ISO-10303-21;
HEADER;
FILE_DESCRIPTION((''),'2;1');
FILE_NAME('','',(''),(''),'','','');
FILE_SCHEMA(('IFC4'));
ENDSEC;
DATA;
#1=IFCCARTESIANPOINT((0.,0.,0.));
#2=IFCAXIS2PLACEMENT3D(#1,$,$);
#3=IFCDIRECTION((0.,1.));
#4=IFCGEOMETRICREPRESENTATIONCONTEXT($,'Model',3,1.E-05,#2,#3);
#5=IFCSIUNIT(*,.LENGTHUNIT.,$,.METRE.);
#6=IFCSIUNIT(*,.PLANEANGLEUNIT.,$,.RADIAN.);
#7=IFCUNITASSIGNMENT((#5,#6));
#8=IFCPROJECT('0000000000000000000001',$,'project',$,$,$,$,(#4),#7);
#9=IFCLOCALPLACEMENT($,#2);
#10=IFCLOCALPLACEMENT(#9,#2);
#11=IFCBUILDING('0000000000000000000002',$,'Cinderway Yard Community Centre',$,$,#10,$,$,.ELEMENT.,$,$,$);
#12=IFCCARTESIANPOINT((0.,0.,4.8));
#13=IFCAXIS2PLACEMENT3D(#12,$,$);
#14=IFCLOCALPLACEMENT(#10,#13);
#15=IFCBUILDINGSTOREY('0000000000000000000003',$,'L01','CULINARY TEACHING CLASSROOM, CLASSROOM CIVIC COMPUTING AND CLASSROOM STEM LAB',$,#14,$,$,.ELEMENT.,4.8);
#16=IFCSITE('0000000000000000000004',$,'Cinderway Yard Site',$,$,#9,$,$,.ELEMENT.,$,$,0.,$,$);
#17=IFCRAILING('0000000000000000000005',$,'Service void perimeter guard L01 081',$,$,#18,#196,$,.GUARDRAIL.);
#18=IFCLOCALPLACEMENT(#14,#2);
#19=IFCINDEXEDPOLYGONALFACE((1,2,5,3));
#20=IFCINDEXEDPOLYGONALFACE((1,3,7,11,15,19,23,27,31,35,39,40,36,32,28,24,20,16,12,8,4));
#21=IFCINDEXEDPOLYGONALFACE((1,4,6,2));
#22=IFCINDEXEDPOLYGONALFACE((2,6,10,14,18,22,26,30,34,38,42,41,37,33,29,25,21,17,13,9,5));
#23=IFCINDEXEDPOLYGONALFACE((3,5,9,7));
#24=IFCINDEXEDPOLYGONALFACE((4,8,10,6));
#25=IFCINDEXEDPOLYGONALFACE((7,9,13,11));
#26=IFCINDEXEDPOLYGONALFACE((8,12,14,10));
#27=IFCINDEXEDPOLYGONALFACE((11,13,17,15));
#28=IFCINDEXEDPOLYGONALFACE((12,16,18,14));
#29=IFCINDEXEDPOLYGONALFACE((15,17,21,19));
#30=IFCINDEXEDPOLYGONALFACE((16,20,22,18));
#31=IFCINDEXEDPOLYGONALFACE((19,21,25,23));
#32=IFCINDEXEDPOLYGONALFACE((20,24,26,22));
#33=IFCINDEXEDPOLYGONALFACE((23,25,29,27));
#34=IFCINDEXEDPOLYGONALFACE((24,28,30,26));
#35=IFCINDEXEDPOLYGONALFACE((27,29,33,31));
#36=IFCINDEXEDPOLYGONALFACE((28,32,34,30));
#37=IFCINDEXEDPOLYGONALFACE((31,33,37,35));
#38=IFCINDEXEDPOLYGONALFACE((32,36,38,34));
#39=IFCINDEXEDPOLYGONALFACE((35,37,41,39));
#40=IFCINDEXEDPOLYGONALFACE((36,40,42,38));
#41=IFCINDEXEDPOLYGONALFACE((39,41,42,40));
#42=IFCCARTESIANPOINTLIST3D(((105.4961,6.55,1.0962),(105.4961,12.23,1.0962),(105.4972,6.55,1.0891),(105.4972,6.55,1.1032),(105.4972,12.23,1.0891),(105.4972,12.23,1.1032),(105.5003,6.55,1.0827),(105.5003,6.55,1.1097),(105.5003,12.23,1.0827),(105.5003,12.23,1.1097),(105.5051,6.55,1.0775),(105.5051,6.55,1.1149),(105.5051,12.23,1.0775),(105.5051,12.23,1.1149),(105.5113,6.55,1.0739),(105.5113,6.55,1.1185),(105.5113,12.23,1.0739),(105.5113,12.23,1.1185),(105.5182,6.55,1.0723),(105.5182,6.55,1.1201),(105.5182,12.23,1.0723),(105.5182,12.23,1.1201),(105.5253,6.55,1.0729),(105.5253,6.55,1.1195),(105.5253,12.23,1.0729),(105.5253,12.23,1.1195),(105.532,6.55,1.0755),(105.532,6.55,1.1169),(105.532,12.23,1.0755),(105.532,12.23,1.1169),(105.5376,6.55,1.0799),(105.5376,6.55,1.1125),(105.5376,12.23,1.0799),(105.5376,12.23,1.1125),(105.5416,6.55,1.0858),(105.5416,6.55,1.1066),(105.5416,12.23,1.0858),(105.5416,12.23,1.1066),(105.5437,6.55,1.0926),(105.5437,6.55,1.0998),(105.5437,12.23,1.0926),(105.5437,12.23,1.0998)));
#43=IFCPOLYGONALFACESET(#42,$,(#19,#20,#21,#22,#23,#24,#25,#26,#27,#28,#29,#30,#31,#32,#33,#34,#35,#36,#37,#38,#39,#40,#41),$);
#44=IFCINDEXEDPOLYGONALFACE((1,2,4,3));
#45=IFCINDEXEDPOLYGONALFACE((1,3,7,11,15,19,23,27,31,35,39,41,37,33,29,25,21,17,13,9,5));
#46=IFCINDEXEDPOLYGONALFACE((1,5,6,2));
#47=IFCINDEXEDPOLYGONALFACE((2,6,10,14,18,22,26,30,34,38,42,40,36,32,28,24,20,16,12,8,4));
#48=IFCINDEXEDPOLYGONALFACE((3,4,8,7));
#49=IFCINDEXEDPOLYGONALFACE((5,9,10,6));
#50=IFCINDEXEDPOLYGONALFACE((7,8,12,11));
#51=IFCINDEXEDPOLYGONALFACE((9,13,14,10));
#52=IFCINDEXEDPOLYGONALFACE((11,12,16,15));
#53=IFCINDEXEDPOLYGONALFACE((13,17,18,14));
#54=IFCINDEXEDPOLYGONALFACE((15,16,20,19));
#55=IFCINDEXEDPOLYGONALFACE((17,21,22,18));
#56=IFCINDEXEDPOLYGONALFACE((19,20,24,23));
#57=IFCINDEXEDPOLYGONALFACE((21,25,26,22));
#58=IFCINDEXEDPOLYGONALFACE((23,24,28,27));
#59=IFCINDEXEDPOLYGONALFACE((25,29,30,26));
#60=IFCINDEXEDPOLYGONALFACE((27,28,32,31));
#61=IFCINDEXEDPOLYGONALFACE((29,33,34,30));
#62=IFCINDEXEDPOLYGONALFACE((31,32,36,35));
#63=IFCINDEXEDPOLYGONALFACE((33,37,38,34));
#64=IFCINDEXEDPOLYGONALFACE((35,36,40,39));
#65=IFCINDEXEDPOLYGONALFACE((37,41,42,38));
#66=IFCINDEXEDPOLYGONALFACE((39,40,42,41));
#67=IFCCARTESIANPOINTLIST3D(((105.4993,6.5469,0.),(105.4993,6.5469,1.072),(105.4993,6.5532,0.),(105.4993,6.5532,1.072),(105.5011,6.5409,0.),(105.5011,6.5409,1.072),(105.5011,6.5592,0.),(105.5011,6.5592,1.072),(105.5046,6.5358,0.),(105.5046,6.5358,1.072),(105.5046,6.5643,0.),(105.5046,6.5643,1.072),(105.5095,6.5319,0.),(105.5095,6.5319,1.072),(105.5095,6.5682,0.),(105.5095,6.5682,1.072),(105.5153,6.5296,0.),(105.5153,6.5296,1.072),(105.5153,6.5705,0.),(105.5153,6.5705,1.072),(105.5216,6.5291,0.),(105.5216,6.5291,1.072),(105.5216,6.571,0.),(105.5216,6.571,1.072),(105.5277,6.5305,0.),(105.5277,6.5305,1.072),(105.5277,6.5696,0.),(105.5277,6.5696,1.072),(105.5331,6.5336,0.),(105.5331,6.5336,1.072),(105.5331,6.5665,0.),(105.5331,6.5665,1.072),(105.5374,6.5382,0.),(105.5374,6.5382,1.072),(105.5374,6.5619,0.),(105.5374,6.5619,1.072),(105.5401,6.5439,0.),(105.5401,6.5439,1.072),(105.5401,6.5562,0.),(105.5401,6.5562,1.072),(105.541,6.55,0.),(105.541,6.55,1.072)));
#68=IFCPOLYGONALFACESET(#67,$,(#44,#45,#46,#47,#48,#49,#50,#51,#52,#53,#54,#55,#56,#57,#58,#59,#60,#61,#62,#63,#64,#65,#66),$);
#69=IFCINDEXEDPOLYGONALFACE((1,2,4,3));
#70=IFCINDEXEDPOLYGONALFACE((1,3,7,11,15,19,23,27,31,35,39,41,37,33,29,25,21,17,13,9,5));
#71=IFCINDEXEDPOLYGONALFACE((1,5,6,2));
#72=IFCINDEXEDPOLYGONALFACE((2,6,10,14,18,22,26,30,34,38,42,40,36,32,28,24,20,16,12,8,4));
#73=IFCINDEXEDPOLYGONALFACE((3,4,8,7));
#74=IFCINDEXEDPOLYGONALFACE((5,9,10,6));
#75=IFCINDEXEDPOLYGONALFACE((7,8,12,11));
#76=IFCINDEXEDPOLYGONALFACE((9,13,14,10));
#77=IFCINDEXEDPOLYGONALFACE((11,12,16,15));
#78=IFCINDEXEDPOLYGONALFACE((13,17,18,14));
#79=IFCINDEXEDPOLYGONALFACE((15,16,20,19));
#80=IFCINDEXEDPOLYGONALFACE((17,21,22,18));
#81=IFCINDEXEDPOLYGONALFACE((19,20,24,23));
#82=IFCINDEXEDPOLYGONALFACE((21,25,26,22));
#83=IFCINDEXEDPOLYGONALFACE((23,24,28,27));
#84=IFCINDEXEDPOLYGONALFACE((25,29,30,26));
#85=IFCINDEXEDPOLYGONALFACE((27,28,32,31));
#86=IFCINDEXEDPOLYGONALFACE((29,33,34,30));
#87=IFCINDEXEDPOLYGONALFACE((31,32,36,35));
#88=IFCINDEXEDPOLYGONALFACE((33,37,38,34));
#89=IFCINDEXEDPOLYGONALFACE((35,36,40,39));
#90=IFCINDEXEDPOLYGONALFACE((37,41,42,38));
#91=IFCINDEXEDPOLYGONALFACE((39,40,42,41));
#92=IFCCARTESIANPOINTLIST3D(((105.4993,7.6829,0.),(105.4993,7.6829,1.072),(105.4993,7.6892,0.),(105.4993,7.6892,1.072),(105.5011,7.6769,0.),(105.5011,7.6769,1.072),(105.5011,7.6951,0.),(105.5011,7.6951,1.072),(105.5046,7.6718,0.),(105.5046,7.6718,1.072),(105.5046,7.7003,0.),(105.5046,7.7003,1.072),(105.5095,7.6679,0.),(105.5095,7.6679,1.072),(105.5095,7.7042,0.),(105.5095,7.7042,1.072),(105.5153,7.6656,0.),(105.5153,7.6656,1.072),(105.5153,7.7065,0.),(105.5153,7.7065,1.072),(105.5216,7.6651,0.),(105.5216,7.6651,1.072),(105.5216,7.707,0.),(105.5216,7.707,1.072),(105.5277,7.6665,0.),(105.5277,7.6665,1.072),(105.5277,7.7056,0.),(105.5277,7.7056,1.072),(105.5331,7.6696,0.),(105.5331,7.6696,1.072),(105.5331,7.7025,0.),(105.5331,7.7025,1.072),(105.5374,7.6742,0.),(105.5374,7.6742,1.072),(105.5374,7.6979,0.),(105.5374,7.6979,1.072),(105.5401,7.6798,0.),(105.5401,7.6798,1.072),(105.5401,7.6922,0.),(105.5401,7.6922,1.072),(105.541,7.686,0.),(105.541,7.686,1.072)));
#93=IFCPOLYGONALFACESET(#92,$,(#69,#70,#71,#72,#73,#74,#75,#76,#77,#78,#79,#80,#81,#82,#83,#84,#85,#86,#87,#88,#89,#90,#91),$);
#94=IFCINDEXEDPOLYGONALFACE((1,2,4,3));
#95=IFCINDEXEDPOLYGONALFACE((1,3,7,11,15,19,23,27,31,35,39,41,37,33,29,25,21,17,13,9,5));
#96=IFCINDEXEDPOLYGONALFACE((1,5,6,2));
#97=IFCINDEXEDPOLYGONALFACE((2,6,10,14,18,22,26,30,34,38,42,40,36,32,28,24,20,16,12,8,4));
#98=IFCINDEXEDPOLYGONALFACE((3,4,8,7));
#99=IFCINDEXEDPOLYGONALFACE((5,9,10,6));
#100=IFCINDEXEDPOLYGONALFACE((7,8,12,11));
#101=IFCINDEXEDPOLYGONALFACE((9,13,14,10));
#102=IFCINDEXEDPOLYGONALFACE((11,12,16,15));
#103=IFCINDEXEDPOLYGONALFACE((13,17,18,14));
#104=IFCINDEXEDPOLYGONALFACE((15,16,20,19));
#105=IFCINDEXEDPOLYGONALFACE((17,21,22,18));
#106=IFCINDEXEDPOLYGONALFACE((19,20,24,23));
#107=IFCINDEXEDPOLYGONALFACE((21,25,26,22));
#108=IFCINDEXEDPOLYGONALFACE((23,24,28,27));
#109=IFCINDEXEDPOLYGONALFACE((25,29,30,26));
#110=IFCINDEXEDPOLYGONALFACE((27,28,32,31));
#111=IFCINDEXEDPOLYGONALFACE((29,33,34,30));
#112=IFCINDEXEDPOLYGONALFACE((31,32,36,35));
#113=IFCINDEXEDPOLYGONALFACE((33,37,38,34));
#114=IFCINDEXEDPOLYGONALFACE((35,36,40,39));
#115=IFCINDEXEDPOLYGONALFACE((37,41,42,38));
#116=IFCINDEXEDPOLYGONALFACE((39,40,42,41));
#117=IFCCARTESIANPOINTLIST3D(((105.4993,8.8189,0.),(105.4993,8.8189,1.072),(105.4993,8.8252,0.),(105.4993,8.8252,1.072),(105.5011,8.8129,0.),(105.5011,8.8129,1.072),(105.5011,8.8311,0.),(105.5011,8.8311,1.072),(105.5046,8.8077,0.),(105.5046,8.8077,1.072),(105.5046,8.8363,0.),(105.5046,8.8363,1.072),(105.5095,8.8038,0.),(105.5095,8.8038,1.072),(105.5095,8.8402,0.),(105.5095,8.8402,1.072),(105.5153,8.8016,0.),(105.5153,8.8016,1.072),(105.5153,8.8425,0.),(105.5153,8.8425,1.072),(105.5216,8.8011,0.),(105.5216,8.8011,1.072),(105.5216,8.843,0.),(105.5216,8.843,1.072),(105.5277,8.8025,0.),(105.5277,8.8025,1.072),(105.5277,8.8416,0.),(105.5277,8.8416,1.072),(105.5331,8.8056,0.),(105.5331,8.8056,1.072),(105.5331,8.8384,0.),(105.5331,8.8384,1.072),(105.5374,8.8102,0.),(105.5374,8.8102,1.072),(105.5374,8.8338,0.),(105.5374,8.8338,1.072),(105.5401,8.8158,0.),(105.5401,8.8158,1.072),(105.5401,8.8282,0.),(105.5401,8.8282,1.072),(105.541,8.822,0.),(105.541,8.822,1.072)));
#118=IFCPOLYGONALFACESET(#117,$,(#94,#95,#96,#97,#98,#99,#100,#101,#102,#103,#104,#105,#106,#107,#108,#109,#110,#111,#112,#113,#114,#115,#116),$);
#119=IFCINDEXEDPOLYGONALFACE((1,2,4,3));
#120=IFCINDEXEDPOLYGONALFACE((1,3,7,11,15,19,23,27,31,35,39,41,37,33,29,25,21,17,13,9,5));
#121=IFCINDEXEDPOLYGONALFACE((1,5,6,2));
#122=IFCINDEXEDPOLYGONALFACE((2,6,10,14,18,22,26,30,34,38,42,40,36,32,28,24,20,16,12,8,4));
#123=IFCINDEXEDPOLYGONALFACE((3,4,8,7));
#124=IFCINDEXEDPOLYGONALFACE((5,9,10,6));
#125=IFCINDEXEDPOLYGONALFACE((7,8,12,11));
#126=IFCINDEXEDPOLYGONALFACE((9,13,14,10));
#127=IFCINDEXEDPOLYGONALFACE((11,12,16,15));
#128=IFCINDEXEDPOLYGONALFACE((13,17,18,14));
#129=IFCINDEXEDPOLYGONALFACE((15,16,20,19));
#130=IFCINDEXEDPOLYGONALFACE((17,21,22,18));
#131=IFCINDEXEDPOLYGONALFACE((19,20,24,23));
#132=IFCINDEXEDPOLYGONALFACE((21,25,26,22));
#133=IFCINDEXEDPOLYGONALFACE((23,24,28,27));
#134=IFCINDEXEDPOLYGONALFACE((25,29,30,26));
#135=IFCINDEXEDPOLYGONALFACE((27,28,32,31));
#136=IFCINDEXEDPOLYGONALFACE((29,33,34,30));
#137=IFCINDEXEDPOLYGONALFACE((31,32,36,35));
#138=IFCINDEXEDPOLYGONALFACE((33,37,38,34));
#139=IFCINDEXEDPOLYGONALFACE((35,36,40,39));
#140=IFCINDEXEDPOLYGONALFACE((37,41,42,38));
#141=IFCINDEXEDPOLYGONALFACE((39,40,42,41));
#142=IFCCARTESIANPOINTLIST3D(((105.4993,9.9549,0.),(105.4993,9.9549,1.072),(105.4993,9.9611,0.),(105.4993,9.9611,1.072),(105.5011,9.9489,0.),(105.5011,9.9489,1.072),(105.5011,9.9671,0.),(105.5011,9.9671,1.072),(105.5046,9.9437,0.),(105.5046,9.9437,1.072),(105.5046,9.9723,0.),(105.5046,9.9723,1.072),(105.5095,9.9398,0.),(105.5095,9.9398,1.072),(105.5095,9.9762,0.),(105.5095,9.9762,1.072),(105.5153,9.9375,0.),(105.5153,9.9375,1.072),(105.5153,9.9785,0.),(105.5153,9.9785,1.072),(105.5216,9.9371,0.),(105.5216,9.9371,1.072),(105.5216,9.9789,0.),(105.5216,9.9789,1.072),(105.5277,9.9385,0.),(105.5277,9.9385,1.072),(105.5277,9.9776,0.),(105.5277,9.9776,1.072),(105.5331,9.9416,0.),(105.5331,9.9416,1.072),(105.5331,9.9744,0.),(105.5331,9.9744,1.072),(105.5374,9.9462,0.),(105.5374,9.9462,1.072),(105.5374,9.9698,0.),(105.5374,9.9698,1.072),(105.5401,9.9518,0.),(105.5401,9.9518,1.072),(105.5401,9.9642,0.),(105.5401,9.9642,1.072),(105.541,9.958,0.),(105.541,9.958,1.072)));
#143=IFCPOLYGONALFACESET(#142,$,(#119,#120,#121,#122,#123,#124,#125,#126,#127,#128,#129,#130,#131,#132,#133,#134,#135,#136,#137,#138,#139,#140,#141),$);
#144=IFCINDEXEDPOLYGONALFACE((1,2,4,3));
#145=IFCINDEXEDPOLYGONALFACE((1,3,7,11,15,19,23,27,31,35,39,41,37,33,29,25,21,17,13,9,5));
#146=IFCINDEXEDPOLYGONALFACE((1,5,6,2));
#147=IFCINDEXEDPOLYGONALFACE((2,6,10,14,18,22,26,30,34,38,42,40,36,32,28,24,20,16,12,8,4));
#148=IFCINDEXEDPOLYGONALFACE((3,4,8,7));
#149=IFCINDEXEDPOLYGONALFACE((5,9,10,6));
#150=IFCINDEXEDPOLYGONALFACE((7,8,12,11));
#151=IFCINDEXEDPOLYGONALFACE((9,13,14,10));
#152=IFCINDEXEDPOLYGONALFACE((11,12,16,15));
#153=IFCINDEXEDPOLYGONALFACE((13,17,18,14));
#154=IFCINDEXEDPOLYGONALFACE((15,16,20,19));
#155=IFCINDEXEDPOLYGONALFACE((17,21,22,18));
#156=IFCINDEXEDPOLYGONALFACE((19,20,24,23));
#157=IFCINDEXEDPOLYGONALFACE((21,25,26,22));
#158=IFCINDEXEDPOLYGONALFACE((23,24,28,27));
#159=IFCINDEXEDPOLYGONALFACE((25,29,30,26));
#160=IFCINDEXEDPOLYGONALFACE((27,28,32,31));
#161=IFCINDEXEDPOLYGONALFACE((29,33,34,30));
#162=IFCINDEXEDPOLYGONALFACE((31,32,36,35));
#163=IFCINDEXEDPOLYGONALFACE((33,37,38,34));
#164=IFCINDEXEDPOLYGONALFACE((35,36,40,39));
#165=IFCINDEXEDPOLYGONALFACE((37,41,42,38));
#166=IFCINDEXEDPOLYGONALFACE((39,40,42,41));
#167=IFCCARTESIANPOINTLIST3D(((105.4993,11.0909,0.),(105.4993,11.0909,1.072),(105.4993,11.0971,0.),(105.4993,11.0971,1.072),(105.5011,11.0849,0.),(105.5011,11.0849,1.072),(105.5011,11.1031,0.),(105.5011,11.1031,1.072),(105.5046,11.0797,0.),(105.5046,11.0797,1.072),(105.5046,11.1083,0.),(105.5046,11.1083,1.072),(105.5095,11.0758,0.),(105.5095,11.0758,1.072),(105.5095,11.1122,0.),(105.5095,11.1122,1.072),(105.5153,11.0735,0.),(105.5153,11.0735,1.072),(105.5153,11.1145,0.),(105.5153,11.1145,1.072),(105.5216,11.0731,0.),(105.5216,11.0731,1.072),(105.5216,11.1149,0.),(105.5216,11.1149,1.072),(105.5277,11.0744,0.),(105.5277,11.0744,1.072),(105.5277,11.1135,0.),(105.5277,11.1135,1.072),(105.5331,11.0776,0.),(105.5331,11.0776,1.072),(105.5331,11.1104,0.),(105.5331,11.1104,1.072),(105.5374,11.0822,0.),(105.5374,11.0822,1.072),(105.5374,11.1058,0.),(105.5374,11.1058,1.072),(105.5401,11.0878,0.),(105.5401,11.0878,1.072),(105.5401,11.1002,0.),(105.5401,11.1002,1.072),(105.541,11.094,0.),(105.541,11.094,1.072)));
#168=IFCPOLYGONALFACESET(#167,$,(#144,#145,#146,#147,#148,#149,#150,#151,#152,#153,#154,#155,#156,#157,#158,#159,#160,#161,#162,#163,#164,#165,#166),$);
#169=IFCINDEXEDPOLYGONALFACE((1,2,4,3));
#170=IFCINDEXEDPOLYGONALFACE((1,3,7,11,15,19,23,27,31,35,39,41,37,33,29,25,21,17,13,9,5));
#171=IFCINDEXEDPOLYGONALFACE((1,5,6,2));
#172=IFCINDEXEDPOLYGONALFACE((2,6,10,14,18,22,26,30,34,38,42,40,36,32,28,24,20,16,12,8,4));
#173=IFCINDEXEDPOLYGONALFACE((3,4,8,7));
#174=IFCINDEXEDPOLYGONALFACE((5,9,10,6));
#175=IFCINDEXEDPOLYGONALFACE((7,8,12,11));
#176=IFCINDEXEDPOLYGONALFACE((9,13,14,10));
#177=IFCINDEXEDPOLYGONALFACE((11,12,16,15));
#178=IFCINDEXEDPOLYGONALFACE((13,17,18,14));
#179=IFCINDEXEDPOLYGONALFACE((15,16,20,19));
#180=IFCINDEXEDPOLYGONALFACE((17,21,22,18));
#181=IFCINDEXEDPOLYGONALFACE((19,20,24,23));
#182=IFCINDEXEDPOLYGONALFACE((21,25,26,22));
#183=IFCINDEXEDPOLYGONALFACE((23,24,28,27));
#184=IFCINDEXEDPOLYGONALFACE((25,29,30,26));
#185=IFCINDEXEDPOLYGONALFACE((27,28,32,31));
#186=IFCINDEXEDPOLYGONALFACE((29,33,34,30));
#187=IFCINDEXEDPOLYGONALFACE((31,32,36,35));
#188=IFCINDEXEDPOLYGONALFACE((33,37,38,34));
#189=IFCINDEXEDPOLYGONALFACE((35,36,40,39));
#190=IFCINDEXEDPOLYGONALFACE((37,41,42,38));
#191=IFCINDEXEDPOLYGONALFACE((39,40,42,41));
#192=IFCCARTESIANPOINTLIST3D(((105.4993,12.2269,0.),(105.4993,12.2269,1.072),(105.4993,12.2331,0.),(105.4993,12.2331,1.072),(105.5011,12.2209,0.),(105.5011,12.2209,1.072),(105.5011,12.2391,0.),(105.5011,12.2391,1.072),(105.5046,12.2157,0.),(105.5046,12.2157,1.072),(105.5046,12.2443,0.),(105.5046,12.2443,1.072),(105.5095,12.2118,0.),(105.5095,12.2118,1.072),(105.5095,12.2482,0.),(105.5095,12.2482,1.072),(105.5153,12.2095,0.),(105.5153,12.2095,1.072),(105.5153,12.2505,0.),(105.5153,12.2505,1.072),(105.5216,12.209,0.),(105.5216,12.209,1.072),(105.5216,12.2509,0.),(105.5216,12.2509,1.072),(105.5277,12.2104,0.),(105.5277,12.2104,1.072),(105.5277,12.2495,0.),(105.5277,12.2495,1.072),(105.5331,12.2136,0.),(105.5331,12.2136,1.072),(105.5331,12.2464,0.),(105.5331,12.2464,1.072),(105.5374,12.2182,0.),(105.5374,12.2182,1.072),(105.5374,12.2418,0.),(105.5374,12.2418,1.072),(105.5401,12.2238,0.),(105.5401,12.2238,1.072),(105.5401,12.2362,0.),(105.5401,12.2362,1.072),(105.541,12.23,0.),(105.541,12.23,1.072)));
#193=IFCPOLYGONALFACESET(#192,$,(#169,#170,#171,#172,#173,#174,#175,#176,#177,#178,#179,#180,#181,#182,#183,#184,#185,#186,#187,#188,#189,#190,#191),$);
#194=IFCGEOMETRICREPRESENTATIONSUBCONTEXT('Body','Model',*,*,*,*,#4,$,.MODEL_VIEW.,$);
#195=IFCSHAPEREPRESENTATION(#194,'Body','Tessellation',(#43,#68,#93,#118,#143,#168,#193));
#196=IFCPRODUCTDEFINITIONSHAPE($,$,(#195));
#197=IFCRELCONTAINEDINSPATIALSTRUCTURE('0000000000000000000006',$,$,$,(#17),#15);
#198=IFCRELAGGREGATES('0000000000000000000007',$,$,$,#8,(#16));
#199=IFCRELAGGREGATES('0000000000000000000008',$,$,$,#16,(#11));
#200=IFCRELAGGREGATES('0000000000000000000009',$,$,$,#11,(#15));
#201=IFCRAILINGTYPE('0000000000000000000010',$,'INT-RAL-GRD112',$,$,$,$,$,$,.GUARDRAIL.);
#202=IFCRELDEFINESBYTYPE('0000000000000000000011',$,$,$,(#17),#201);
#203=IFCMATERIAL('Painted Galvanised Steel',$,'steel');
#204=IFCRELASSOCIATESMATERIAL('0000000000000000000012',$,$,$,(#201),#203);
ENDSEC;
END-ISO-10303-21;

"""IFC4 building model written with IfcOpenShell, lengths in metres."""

from ifc_helpers import new_model, si_unit, direction, frame, origin, origin_2d, place, context, subcontext, project, spatial, circle, extrude, material, type_object, element, save


model = new_model("IFC4")

# Units and contexts
model_context = context("Model", 3, precision=1e-05, world=origin(), true_north=direction((0.0, 1.0)))
body_context = subcontext(model_context, "Body", "Model", "MODEL_VIEW")
ifc_project = project(units=[si_unit("LENGTHUNIT", "METRE"), si_unit("PLANEANGLEUNIT", "RADIAN")], contexts=[model_context])

# Site, building, storey
site_placement = place(None, origin())
site = spatial("IfcSite", under=ifc_project, at=site_placement, Name="Cinderway Yard Site", CompositionType="ELEMENT", RefElevation=0.0)
building_placement = place(site_placement, origin())
building = spatial("IfcBuilding", under=site, at=building_placement, Name="Cinderway Yard Community Centre", CompositionType="ELEMENT")
storey_placement = place(building_placement, frame((0.0, 0.0, 4.8)))
storey = spatial("IfcBuildingStorey", under=building, at=storey_placement, Name="L01", Description="CULINARY TEACHING CLASSROOM, CLASSROOM CIVIC COMPUTING AND CLASSROOM STEM LAB", CompositionType="ELEMENT", Elevation=4.8)

# Railing
ifc_material_1 = material(Name="Painted Galvanised Steel", Category="steel")
railing_type_1 = type_object("IfcRailingType", Name="INT-RAL-GRD112", PredefinedType="GUARDRAIL", material=ifc_material_1)
railing_1_placement = place(storey_placement, frame((105.52, 6.55, 0.0)))
element("IfcRailing", 1, at=railing_1_placement, inside=storey, type_object=railing_type_1, Name="Service void perimeter guard L01 081", PredefinedType="GUARDRAIL", context=body_context, shape_type="SweptSolid", body=[
    extrude(circle(Radius=0.0239, at=origin_2d()), frame((0.0, 0.0, 1.0962), z_axis=(0.0, 1.0, 0.0), x_axis=(-1.0, 0.0, 0.0)), (0.0, 0.0, 1.0), 5.6799),
    extrude(circle(Radius=0.021, at=origin_2d()), origin(), (0.0, 0.0, 1.0), 1.072),
    extrude(circle(Radius=0.021, at=origin_2d()), frame((0.0, 1.136, 0.0)), (0.0, 0.0, 1.0), 1.072),
    extrude(circle(Radius=0.021, at=origin_2d()), frame((0.0, 2.272, 0.0)), (0.0, 0.0, 1.0), 1.072),
    extrude(circle(Radius=0.021, at=origin_2d()), frame((0.0, 3.408, 0.0)), (0.0, 0.0, 1.0), 1.072),
    extrude(circle(Radius=0.021, at=origin_2d()), frame((0.0, 4.5439, 0.0)), (0.0, 0.0, 1.0), 1.072),
    extrude(circle(Radius=0.021, at=origin_2d()), frame((0.0, 5.6799, 0.0)), (0.0, 0.0, 1.0), 1.072),
])

save(model, "model.ifc")
